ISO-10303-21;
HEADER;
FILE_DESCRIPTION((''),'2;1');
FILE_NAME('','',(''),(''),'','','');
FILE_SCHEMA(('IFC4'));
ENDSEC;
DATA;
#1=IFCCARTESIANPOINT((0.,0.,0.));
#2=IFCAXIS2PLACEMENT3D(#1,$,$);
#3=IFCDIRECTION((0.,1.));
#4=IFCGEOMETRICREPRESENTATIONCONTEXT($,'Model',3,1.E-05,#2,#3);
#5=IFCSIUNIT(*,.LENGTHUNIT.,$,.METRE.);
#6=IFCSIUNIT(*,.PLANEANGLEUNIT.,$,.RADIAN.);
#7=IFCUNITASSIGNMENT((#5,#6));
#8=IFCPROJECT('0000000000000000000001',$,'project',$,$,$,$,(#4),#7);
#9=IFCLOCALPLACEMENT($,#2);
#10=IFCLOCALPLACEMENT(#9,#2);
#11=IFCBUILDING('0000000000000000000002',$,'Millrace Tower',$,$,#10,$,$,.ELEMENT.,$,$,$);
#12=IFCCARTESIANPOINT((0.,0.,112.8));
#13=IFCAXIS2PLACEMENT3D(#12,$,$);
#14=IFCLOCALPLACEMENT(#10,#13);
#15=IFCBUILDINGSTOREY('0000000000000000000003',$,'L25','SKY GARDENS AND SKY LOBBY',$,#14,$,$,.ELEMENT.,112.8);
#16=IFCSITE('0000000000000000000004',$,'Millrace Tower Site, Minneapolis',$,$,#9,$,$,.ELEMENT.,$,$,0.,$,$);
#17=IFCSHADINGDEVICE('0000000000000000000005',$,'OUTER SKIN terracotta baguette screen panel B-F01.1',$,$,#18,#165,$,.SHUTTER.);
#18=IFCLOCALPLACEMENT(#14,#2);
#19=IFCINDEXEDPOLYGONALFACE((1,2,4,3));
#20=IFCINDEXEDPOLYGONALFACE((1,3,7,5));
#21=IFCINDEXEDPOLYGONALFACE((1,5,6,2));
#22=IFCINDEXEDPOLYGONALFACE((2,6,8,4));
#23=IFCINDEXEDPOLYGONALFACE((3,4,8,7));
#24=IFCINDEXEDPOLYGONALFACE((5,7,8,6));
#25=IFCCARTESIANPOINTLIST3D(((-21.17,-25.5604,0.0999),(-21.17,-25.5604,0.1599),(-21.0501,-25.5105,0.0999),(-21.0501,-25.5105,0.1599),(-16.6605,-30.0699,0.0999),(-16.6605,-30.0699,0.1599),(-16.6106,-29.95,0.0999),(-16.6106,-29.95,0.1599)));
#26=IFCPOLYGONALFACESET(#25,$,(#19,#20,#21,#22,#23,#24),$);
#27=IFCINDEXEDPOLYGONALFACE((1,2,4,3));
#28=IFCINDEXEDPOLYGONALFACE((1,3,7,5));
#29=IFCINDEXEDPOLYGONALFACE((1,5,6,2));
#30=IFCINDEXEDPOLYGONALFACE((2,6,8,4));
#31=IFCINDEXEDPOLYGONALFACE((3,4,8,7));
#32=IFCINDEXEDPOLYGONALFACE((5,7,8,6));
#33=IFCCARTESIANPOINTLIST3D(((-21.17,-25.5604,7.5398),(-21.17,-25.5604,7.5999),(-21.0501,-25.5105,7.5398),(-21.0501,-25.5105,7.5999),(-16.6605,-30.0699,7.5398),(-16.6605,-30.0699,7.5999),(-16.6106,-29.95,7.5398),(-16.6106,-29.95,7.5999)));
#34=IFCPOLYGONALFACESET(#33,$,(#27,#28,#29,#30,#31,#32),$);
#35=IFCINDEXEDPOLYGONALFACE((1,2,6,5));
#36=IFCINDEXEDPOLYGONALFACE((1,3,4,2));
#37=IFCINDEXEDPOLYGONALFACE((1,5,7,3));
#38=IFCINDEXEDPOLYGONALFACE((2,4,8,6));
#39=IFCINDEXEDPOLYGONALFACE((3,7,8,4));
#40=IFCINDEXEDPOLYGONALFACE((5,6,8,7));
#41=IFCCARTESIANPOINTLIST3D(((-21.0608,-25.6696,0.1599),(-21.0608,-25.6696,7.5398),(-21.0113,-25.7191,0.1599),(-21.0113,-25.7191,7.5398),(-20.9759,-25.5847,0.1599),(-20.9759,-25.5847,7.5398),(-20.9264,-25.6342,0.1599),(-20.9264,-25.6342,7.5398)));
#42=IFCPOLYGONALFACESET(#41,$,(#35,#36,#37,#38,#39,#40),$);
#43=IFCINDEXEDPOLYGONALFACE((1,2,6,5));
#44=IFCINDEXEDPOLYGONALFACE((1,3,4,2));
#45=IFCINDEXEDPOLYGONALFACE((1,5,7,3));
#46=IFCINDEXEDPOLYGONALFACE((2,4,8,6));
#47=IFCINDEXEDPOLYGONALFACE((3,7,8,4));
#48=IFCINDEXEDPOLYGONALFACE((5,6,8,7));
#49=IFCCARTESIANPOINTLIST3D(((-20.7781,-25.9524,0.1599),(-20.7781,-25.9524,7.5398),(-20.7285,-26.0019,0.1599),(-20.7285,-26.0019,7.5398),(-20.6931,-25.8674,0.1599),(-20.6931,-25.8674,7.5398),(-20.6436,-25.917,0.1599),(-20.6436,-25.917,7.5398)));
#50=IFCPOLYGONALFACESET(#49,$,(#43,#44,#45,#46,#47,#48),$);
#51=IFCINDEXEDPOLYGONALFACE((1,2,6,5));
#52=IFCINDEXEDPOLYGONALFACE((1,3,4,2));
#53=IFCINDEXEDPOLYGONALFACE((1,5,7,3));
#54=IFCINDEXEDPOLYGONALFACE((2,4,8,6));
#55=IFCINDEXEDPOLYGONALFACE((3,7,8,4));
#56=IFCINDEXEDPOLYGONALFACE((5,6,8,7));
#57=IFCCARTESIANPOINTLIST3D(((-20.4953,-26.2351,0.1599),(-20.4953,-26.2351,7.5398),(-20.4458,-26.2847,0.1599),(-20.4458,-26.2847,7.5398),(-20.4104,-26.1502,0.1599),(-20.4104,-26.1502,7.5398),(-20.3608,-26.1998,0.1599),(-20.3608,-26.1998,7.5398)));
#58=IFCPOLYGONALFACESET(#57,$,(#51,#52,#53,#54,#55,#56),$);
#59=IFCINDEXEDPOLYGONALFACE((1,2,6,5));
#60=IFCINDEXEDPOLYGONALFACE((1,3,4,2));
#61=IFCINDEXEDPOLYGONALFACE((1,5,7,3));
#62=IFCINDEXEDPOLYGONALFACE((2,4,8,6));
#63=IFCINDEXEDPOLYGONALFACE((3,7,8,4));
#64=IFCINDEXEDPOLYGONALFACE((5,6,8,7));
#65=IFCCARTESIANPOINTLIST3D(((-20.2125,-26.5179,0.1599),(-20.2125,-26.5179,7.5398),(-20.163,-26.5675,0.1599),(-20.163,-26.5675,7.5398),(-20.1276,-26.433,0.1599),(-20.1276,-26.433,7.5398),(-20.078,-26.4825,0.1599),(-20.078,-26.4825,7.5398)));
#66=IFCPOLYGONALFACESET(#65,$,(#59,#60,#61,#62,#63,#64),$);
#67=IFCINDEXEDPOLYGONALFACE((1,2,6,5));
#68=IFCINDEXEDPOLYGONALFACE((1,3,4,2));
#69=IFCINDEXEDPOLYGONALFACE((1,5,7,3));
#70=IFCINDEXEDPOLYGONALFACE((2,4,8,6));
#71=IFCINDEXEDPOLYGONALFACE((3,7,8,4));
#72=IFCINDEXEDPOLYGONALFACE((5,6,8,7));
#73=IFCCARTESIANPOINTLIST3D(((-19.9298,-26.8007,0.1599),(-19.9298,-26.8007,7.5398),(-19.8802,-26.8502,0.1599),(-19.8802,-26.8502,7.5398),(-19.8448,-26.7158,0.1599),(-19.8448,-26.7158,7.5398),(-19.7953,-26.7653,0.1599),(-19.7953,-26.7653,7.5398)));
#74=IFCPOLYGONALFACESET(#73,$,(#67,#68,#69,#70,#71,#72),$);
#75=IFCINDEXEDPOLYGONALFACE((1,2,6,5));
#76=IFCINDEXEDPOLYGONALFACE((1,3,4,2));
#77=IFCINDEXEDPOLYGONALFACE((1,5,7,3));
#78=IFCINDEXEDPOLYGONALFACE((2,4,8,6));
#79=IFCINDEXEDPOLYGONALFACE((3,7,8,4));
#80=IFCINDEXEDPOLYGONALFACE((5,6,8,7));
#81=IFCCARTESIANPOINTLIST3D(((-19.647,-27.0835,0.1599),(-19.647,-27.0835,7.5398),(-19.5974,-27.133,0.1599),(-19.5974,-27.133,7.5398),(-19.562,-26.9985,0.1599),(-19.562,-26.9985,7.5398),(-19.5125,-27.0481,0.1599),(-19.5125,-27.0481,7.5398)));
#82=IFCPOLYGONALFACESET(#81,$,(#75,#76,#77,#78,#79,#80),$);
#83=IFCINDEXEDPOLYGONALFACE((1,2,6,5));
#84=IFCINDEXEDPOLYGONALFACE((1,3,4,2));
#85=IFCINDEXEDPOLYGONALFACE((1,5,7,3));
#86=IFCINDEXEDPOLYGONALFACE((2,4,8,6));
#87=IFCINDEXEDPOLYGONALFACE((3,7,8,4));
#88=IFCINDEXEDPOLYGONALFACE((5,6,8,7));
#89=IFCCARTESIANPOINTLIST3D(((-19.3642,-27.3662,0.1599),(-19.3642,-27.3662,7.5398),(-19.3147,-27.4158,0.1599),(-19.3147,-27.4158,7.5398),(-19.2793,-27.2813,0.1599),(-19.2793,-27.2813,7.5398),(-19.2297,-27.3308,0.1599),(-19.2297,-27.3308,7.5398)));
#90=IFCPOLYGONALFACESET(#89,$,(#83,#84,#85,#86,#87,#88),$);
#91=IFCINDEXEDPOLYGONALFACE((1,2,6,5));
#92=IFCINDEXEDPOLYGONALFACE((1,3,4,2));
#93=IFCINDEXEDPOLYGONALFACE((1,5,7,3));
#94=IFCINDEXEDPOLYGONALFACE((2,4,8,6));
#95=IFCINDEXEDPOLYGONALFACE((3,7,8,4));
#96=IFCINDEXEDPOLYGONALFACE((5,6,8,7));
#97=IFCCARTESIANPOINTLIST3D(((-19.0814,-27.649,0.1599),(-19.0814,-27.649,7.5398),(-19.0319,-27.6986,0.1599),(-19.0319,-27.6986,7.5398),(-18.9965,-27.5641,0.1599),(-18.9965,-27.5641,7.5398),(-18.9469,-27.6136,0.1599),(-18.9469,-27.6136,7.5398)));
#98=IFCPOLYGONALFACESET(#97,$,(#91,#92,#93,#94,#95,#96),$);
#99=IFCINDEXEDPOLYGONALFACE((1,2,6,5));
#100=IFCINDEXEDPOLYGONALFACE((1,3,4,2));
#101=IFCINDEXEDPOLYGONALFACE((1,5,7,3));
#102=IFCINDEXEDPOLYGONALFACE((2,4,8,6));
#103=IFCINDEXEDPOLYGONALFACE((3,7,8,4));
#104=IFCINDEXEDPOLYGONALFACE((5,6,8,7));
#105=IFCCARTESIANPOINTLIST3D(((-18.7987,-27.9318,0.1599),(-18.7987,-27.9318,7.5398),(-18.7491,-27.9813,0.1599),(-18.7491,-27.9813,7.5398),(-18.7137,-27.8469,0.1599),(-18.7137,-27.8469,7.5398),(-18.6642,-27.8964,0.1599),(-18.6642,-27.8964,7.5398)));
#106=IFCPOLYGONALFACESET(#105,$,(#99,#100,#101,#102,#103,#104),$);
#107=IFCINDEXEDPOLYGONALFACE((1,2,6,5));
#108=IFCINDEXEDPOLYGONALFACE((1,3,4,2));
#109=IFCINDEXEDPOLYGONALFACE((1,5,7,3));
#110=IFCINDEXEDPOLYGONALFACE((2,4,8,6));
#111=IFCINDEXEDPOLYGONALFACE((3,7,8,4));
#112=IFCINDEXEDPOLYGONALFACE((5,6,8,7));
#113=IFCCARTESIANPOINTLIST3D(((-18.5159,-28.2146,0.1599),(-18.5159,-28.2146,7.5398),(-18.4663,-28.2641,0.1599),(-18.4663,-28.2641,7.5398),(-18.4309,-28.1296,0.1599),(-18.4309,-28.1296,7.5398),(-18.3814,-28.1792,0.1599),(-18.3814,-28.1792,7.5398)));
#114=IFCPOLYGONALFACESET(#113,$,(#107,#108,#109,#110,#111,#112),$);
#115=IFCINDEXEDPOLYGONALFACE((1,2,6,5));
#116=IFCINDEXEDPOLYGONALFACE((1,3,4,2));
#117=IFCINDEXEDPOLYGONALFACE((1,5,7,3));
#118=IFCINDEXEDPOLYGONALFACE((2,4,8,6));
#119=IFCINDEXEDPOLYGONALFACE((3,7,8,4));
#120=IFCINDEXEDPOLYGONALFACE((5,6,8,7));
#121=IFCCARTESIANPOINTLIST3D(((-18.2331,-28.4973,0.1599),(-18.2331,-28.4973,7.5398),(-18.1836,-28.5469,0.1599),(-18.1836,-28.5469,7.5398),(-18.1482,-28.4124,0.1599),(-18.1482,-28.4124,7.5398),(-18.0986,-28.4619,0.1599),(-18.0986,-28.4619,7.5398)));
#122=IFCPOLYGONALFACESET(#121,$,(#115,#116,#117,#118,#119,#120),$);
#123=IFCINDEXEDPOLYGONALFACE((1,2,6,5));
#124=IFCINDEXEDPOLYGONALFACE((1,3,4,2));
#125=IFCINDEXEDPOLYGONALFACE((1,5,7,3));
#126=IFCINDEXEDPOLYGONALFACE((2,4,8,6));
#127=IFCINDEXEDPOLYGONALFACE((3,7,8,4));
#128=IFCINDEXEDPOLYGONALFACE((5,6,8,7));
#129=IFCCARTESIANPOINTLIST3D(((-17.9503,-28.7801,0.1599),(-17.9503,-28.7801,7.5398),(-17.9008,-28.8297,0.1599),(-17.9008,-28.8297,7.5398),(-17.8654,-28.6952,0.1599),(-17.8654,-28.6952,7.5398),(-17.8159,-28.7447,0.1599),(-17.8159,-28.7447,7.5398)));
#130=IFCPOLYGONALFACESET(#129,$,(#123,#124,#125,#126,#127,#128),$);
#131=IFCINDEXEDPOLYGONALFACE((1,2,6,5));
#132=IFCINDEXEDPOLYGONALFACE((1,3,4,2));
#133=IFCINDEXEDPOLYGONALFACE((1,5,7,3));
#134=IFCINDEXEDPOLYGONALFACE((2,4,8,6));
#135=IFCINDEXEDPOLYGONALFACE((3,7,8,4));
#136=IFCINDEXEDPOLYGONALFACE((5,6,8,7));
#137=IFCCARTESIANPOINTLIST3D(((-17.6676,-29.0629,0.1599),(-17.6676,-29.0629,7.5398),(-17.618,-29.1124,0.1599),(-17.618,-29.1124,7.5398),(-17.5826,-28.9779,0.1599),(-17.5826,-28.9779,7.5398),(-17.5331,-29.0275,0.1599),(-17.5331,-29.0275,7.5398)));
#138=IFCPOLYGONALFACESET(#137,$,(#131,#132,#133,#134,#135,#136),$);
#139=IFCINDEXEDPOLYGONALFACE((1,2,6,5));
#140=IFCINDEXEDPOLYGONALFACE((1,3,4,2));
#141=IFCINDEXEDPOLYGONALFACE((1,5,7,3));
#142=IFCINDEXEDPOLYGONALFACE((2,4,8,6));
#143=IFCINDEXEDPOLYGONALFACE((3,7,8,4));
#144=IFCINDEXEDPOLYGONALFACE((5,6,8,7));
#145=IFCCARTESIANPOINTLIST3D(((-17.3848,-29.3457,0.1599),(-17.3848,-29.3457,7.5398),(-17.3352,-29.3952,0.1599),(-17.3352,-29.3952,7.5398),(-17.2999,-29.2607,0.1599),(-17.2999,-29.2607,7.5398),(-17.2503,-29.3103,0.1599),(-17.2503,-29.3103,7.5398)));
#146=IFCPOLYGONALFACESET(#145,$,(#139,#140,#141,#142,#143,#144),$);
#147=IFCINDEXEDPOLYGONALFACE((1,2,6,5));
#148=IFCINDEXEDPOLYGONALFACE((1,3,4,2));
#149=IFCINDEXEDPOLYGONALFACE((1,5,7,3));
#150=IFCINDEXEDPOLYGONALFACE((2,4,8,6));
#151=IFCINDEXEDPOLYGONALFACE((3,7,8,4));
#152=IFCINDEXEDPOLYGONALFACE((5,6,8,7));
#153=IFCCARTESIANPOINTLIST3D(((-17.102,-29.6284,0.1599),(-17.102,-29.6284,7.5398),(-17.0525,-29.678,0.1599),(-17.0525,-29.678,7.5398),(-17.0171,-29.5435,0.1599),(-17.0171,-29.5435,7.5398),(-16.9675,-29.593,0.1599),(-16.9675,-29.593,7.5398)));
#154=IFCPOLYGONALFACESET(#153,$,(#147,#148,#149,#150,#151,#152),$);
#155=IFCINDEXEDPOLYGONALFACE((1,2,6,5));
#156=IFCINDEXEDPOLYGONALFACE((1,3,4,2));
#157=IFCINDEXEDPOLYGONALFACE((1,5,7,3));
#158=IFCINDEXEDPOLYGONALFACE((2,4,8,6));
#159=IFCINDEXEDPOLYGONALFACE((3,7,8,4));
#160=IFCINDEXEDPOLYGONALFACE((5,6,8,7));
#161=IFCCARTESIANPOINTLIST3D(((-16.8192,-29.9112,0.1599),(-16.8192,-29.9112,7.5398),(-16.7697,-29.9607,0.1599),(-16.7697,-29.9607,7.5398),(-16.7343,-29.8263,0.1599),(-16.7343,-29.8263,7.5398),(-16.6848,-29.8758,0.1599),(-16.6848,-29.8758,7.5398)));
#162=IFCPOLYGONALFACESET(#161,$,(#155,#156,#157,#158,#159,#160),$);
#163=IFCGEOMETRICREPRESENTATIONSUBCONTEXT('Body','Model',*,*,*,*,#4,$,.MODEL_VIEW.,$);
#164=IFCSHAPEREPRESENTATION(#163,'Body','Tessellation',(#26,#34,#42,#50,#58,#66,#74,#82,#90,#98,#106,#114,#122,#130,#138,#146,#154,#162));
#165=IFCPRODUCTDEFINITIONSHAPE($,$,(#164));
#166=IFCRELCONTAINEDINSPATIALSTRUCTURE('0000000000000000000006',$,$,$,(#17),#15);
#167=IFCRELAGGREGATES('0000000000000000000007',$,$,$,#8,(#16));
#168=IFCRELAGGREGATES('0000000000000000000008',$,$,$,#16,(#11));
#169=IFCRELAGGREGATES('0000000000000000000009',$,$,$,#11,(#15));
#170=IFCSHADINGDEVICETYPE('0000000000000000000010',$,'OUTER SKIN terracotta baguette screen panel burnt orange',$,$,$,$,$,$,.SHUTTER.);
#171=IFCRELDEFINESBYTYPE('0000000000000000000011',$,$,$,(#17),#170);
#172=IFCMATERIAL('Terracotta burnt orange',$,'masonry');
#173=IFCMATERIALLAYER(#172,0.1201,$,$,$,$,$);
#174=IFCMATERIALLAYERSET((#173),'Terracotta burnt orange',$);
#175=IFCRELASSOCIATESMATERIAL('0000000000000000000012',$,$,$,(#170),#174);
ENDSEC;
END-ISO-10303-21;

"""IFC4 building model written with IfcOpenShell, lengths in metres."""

from ifc_helpers import new_model, entity, si_unit, direction, frame, frame_2d, origin, place, context, subcontext, project, spatial, rectangle, extrude, source, transform, mapped, material, layer, layer_set, type_object, element, save


model = new_model("IFC4")

# Units and contexts
model_context = context("Model", 3, precision=1e-05, world=origin(), true_north=direction((0.0, 1.0)))
body_context = subcontext(model_context, "Body", "Model", "MODEL_VIEW")
ifc_project = project(units=[si_unit("LENGTHUNIT", "METRE"), si_unit("PLANEANGLEUNIT", "RADIAN")], contexts=[model_context])

# Site, building, storey
site_placement = place(None, origin())
site = spatial("IfcSite", under=ifc_project, at=site_placement, Name="Millrace Tower Site, Minneapolis", CompositionType="ELEMENT", RefElevation=0.0)
building_placement = place(site_placement, origin())
building = spatial("IfcBuilding", under=site, at=building_placement, Name="Millrace Tower", CompositionType="ELEMENT")
storey_placement = place(building_placement, frame((0.0, 0.0, 112.8)))
storey = spatial("IfcBuildingStorey", under=building, at=storey_placement, Name="L25", Description="SKY GARDENS AND SKY LOBBY", CompositionType="ELEMENT", Elevation=112.8)

# Shading device
ifc_material_1 = material(Name="Terracotta burnt orange", Category="masonry")
ifc_layer_1 = layer(ifc_material_1, 0.1201)
ifc_layer_set_1 = layer_set([ifc_layer_1], Name="Terracotta burnt orange")
shading_device_type = type_object("IfcShadingDeviceType", Name="OUTER SKIN terracotta baguette screen panel burnt orange", PredefinedType="SHUTTER", material=ifc_layer_set_1)
cartesian_point_1 = entity("IfcCartesianPoint", [-3.1392, 0.0601])
shared_polyline_1 = entity("IfcPolyline", [cartesian_point_1, entity("IfcCartesianPoint", [3.1392, 0.0601]), entity("IfcCartesianPoint", [3.1887, -0.0601]), entity("IfcCartesianPoint", [-3.1887, -0.0601]), cartesian_point_1])
shared_shape_1 = source(origin(), body_context, "Body", "SweptSolid", [
    entity("IfcExtrudedAreaSolid", entity("IfcArbitraryClosedProfileDef", "AREA", None, shared_polyline_1), entity("IfcAxis2Placement3D", entity("IfcCartesianPoint", [0.0, 0.0, 0.0])), entity("IfcDirection", [0.0, 0.0, 1.0]), 0.0601),
    entity("IfcExtrudedAreaSolid", entity("IfcArbitraryClosedProfileDef", "AREA", None, shared_polyline_1), entity("IfcAxis2Placement3D", entity("IfcCartesianPoint", [0.0, 0.0, 7.4399])), entity("IfcDirection", [0.0, 0.0, 1.0]), 0.0601),
    extrude(rectangle(XDim=0.0701, YDim=0.1201, at=frame_2d((-2.9993, 0.0))), frame((0.0, 0.0, 0.0601)), (0.0, 0.0, 1.0), 7.3799),
    extrude(rectangle(XDim=0.0701, YDim=0.1201, at=frame_2d((-2.5994, 0.0))), frame((0.0, 0.0, 0.0601)), (0.0, 0.0, 1.0), 7.3799),
    extrude(rectangle(XDim=0.0701, YDim=0.1201, at=frame_2d((-2.1995, 0.0))), frame((0.0, 0.0, 0.0601)), (0.0, 0.0, 1.0), 7.3799),
    extrude(rectangle(XDim=0.0701, YDim=0.1201, at=frame_2d((-1.7996, 0.0))), frame((0.0, 0.0, 0.0601)), (0.0, 0.0, 1.0), 7.3799),
    extrude(rectangle(XDim=0.0701, YDim=0.1201, at=frame_2d((-1.3997, 0.0))), frame((0.0, 0.0, 0.0601)), (0.0, 0.0, 1.0), 7.3799),
    extrude(rectangle(XDim=0.0701, YDim=0.1201, at=frame_2d((-0.9998, 0.0))), frame((0.0, 0.0, 0.0601)), (0.0, 0.0, 1.0), 7.3799),
    extrude(rectangle(XDim=0.0701, YDim=0.1201, at=frame_2d((-0.5999, 0.0))), frame((0.0, 0.0, 0.0601)), (0.0, 0.0, 1.0), 7.3799),
    extrude(rectangle(XDim=0.0701, YDim=0.1201, at=frame_2d((-0.2, 0.0))), frame((0.0, 0.0, 0.0601)), (0.0, 0.0, 1.0), 7.3799),
    extrude(rectangle(XDim=0.0701, YDim=0.1201, at=frame_2d((0.2, 0.0))), frame((0.0, 0.0, 0.0601)), (0.0, 0.0, 1.0), 7.3799),
    extrude(rectangle(XDim=0.0701, YDim=0.1201, at=frame_2d((0.5999, 0.0))), frame((0.0, 0.0, 0.0601)), (0.0, 0.0, 1.0), 7.3799),
    extrude(rectangle(XDim=0.0701, YDim=0.1201, at=frame_2d((0.9998, 0.0))), frame((0.0, 0.0, 0.0601)), (0.0, 0.0, 1.0), 7.3799),
    extrude(rectangle(XDim=0.0701, YDim=0.1201, at=frame_2d((1.3997, 0.0))), frame((0.0, 0.0, 0.0601)), (0.0, 0.0, 1.0), 7.3799),
    extrude(rectangle(XDim=0.0701, YDim=0.1201, at=frame_2d((1.7996, 0.0))), frame((0.0, 0.0, 0.0601)), (0.0, 0.0, 1.0), 7.3799),
    extrude(rectangle(XDim=0.0701, YDim=0.1201, at=frame_2d((2.1995, 0.0))), frame((0.0, 0.0, 0.0601)), (0.0, 0.0, 1.0), 7.3799),
    extrude(rectangle(XDim=0.0701, YDim=0.1201, at=frame_2d((2.5994, 0.0))), frame((0.0, 0.0, 0.0601)), (0.0, 0.0, 1.0), 7.3799),
    extrude(rectangle(XDim=0.0701, YDim=0.1201, at=frame_2d((2.9993, 0.0))), frame((0.0, 0.0, 0.0601)), (0.0, 0.0, 1.0), 7.3799),
])
shading_device_1_placement = place(storey_placement, frame((-18.8728, -27.7727, 0.0999), z_axis=(0.0, 0.0, 1.0), x_axis=(0.707107, -0.707107, 0.0)))
element("IfcShadingDevice", 1, at=shading_device_1_placement, inside=storey, type_object=shading_device_type, Name="OUTER SKIN terracotta baguette screen panel B-F01.1", PredefinedType="SHUTTER", context=body_context, shape_type="MappedRepresentation", body=[
    mapped(shared_shape_1, transform((0.0, 0.0, 0.0), scale=1.0)),
])

save(model, "model.ifc")
